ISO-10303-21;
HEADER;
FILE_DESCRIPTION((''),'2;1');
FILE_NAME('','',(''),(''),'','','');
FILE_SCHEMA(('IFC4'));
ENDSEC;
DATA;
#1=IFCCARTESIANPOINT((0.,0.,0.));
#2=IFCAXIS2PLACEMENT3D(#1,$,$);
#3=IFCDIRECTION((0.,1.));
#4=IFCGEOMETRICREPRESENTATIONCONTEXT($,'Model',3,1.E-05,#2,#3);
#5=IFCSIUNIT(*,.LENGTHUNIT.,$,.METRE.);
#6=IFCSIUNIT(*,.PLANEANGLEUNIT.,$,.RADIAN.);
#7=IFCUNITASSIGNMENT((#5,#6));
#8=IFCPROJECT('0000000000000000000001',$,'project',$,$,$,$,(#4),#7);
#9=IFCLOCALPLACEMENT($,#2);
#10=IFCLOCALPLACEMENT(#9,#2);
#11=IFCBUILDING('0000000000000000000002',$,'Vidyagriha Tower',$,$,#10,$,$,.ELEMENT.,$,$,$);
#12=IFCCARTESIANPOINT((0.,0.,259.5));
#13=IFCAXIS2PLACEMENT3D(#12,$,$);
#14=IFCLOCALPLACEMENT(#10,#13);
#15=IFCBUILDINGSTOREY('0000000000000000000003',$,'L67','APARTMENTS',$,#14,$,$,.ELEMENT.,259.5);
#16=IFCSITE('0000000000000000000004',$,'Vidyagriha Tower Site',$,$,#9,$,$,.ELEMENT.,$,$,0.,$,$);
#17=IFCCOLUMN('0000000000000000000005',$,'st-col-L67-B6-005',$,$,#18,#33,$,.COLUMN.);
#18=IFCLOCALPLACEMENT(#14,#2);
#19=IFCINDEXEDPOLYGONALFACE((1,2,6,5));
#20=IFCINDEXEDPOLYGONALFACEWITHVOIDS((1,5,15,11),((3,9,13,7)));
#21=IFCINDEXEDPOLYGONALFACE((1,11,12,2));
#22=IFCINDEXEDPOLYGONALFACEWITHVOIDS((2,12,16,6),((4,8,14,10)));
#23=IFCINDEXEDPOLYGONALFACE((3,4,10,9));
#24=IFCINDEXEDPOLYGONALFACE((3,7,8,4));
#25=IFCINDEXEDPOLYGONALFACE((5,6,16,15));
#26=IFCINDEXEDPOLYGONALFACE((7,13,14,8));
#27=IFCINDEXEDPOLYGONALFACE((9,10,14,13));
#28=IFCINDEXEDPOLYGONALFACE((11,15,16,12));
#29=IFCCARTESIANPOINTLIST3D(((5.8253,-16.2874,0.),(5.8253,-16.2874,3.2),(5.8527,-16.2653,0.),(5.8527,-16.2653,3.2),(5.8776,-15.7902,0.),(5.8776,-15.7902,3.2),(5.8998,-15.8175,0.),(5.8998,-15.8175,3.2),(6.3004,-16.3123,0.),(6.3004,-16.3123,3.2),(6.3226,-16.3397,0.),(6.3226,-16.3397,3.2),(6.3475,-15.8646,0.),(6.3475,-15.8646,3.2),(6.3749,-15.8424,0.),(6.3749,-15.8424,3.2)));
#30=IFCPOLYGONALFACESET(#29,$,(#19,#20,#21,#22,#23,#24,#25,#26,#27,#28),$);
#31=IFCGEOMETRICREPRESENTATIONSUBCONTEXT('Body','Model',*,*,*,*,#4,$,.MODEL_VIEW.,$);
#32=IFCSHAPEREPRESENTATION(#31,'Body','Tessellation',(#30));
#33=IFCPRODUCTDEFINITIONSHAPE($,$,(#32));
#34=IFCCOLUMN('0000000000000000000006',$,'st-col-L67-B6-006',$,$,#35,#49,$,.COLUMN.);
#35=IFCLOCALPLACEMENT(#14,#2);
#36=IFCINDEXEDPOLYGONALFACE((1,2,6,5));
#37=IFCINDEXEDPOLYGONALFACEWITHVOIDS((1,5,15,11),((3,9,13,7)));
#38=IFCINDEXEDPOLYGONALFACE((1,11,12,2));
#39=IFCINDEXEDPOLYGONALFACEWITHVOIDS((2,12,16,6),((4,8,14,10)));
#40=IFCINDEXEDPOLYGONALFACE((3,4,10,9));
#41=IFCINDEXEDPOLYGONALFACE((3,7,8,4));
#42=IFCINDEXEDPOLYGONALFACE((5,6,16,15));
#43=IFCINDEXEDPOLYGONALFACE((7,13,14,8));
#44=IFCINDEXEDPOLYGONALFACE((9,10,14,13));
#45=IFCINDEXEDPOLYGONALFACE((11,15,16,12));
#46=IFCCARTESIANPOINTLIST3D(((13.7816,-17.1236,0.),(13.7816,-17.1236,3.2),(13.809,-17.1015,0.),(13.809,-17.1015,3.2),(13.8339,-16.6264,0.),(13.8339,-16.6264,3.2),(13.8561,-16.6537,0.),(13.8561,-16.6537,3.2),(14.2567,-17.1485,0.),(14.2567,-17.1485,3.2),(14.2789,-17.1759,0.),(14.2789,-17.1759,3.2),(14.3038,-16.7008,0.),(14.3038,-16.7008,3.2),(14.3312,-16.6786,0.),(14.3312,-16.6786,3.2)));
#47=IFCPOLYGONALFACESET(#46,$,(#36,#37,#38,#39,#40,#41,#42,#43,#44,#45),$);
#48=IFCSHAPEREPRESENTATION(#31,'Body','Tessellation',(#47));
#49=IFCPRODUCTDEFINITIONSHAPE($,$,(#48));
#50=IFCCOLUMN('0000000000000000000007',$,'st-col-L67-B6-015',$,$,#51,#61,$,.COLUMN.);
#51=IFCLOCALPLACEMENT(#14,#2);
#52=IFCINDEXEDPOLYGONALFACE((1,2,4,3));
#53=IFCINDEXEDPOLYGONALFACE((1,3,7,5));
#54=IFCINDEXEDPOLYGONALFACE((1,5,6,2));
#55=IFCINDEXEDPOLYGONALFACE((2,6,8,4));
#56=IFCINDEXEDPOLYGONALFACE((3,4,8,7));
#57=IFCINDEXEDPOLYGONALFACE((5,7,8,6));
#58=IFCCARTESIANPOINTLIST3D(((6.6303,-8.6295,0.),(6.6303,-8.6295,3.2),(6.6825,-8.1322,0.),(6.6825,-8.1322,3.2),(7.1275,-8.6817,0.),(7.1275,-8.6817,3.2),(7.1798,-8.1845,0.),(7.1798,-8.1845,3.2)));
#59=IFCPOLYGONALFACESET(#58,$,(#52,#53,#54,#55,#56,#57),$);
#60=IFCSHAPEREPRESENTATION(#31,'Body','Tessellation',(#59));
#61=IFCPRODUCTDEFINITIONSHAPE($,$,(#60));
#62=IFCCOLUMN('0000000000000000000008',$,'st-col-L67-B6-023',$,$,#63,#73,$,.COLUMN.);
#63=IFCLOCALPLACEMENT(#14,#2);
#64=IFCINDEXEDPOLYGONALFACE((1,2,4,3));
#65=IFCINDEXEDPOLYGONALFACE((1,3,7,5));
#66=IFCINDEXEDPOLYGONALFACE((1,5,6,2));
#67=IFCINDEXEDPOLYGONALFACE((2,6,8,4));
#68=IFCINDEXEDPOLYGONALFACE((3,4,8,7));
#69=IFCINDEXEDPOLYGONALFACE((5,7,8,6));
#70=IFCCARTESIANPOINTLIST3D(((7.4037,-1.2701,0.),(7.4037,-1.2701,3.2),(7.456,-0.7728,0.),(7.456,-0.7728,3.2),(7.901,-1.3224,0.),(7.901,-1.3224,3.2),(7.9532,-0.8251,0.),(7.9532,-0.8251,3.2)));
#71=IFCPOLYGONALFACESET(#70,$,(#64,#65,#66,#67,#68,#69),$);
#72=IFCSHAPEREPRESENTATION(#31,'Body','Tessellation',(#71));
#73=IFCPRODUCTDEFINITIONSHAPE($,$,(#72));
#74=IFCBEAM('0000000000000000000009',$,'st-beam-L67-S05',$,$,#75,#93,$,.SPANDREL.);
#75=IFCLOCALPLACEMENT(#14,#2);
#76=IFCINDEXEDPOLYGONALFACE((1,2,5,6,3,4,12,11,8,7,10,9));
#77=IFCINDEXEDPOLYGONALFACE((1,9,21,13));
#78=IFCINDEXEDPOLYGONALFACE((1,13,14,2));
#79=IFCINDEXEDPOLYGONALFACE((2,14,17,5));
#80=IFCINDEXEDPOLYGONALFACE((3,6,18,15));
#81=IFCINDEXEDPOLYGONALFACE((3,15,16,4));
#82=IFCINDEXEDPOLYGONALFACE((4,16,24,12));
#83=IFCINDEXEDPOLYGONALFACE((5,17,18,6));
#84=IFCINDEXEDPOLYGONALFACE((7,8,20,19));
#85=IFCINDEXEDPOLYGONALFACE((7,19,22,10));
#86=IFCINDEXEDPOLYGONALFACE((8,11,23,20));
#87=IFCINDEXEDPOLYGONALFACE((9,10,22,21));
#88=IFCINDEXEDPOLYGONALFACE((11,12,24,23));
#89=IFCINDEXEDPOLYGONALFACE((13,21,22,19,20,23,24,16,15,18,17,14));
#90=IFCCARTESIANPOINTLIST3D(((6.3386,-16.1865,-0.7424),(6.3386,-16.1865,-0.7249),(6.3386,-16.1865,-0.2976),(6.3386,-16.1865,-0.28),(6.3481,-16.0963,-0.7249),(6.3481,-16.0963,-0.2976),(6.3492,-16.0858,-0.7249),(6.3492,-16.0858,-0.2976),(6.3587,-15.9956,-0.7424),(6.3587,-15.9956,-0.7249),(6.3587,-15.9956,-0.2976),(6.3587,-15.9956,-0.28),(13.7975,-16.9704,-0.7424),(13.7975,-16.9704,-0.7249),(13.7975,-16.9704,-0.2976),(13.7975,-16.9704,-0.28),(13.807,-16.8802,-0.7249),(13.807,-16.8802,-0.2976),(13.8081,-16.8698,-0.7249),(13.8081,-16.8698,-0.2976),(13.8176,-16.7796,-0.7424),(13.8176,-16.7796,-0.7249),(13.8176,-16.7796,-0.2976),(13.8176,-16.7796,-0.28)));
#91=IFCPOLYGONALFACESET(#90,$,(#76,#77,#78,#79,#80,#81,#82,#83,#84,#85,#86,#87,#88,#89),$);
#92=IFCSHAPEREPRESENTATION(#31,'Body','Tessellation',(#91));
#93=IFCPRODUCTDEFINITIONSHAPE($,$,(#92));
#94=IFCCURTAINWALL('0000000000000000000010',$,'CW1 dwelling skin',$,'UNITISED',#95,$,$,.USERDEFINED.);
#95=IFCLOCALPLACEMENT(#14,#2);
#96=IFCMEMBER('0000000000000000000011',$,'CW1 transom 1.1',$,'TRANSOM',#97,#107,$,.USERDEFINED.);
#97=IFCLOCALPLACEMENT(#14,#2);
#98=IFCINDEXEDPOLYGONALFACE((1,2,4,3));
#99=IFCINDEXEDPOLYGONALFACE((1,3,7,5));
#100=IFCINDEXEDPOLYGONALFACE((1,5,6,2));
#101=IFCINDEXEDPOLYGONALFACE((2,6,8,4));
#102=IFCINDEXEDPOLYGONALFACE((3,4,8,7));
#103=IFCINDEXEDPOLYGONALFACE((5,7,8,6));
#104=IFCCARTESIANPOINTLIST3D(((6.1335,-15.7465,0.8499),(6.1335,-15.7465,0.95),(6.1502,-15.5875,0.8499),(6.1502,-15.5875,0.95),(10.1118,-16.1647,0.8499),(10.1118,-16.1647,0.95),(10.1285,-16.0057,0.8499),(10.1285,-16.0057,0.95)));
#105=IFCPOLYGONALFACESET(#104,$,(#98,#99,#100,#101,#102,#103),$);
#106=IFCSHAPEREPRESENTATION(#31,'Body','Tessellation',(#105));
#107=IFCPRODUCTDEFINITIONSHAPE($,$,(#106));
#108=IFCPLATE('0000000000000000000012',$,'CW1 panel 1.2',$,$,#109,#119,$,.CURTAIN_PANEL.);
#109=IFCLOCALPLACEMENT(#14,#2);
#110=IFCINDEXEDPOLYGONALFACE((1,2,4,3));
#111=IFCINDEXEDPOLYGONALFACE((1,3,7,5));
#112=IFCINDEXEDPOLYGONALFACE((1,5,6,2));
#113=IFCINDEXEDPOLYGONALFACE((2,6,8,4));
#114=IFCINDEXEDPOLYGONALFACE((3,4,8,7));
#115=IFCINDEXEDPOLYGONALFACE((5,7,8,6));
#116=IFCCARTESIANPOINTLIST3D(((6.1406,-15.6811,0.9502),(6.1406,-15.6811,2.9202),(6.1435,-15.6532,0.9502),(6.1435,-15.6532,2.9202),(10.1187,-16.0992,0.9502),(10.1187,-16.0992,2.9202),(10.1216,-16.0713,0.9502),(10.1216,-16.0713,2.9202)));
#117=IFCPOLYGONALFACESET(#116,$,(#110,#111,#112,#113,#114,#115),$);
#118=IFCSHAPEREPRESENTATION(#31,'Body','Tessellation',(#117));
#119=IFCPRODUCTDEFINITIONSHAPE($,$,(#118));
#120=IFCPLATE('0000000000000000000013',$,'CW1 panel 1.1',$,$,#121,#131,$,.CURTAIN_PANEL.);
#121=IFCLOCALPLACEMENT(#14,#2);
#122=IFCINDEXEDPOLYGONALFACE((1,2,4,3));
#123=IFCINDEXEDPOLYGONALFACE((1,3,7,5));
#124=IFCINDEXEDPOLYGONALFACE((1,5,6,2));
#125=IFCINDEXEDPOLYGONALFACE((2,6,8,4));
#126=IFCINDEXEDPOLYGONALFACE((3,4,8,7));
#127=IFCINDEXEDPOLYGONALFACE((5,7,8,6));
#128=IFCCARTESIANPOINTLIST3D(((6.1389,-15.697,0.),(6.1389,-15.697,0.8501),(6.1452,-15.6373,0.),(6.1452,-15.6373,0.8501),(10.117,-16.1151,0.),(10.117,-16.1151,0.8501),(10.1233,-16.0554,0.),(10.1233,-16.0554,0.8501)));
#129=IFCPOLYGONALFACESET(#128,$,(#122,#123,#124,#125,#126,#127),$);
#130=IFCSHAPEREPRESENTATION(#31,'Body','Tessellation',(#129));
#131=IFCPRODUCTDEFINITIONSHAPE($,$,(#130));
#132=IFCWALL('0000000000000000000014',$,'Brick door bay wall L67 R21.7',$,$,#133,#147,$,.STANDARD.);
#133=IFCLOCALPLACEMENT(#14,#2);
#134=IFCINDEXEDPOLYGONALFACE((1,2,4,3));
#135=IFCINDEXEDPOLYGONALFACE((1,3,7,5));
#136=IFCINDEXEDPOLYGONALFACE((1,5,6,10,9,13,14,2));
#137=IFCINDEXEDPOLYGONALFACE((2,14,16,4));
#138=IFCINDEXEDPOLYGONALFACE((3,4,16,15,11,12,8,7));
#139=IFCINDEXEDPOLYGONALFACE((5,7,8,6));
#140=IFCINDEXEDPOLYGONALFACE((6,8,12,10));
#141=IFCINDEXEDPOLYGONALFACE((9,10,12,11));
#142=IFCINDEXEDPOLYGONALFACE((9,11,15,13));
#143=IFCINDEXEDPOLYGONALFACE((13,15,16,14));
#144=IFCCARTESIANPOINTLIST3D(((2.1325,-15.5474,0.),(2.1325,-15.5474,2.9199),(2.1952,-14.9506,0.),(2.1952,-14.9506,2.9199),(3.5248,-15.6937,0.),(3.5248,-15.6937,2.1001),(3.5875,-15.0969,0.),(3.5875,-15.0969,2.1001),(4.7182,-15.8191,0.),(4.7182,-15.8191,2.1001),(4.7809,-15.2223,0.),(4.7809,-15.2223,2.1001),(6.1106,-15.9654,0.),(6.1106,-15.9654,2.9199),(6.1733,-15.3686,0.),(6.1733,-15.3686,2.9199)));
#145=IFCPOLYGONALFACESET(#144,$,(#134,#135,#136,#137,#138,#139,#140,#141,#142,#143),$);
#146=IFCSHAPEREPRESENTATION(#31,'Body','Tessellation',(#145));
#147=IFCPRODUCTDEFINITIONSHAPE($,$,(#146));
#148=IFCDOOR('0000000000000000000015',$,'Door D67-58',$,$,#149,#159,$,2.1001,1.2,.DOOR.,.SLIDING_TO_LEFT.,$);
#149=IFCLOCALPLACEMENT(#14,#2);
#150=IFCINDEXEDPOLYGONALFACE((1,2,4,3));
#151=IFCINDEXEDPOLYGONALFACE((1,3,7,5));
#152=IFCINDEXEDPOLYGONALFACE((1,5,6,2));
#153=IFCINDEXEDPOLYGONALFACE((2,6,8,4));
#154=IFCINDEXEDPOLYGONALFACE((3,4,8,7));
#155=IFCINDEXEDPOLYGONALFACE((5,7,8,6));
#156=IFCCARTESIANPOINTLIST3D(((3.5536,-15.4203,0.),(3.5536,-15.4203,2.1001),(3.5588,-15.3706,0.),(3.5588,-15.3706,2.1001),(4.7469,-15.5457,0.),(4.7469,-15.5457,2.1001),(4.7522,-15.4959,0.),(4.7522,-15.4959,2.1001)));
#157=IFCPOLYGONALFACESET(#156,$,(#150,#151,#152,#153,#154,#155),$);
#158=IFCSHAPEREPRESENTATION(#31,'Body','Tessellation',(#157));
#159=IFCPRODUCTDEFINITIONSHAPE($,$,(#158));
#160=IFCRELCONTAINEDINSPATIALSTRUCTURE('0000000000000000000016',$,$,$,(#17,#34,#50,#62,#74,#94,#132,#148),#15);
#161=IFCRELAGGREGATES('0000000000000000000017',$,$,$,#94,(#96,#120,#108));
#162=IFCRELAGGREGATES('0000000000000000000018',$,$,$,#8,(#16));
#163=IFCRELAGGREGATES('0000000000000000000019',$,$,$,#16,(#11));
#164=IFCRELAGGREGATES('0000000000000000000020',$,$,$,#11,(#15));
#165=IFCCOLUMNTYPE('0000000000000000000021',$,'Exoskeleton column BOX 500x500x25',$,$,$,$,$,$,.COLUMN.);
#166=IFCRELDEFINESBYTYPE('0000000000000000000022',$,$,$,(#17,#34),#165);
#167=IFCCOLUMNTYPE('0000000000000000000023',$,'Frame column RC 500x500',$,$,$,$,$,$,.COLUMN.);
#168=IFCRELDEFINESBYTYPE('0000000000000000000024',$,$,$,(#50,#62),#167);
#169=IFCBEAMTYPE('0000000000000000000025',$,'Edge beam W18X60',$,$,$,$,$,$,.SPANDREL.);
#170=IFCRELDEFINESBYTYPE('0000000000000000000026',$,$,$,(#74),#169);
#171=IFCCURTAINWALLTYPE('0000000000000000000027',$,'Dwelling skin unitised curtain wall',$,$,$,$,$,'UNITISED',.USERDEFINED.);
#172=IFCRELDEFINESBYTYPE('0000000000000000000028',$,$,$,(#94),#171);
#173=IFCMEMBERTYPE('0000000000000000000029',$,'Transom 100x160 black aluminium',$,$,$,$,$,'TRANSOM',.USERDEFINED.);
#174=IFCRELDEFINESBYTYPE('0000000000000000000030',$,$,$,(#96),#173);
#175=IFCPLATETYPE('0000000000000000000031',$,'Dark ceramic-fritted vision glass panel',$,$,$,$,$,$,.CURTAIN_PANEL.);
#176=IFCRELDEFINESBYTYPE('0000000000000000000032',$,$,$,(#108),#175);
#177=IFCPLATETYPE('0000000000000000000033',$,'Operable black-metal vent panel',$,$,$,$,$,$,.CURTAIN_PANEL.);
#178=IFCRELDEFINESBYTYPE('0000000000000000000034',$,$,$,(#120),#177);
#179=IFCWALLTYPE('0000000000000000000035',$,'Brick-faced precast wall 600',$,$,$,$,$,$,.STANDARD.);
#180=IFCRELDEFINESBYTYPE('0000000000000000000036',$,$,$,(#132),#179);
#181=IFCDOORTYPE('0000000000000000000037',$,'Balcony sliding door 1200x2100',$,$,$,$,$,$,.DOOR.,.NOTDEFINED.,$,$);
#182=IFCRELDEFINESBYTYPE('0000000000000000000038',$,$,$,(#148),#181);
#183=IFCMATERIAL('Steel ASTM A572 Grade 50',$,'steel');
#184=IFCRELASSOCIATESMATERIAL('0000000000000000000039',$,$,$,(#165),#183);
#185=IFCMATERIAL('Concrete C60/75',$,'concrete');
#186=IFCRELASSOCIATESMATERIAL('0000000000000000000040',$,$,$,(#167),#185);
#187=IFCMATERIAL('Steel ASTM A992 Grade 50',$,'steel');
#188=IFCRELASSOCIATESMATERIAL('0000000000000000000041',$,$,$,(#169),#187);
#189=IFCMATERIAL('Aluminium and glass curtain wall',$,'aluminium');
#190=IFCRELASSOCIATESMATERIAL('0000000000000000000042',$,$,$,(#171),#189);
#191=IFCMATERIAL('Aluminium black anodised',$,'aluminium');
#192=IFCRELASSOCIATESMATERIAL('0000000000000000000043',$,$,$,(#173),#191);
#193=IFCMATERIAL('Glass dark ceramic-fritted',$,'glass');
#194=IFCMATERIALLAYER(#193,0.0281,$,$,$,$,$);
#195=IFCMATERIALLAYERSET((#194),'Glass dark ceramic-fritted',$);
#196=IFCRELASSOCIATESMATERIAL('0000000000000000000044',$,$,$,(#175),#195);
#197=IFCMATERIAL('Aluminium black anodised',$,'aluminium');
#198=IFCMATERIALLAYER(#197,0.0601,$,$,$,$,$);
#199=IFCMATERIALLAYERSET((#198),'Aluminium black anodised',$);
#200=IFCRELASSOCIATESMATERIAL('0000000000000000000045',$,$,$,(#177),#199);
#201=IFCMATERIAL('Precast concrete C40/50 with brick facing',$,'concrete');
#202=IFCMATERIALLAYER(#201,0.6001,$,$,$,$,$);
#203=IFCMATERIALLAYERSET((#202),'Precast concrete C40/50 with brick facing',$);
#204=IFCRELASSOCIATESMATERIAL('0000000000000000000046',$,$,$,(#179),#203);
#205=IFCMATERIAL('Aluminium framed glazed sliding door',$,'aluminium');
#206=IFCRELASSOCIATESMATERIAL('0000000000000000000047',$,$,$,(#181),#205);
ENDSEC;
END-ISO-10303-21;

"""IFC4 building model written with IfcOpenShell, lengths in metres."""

from ifc_helpers import new_model, si_unit, direction, frame, frame_2d, origin, origin_2d, place, context, subcontext, project, spatial, rectangle, hollow_rectangle, i_section, extrude, material, layer, layer_set, material_profile, profile_set, type_object, element, fill, aggregate, save


model = new_model("IFC4")

# Units and contexts
model_context = context("Model", 3, precision=1e-05, world=origin(), true_north=direction((0.0, 1.0)))
body_context = subcontext(model_context, "Body", "Model", "MODEL_VIEW")
ifc_project = project(units=[si_unit("LENGTHUNIT", "METRE"), si_unit("PLANEANGLEUNIT", "RADIAN")], contexts=[model_context])

# Site, building, storey
site_placement = place(None, origin())
site = spatial("IfcSite", under=ifc_project, at=site_placement, Name="Vidyagriha Tower Site", CompositionType="ELEMENT", RefElevation=0.0)
building_placement = place(site_placement, origin())
building = spatial("IfcBuilding", under=site, at=building_placement, Name="Vidyagriha Tower", CompositionType="ELEMENT")
storey_placement = place(building_placement, frame((0.0, 0.0, 259.5)))
storey = spatial("IfcBuildingStorey", under=building, at=storey_placement, Name="L67", Description="APARTMENTS", CompositionType="ELEMENT", Elevation=259.5)

# Columns
ifc_material_1 = material(Name="Steel ASTM A572 Grade 50", Category="steel")
ifc_material_profile_1 = material_profile(ifc_material_1, hollow_rectangle(XDim=0.5, YDim=0.5, WallThickness=0.0249, at=origin_2d()), Name="BOX 500x500x25")
ifc_profile_set_1 = profile_set([ifc_material_profile_1], Name="Steel ASTM A572 Grade 50")
column_type_1 = type_object("IfcColumnType", Name="Exoskeleton column BOX 500x500x25", PredefinedType="COLUMN", material=ifc_profile_set_1)
for number, where, z_axis, x_axis, name in (
    (1, (6.1001, -16.0649, 0.0), (0.0, 0.0, 1.0), (0.994522, -0.104528, 0.0), "st-col-L67-B6-005"),
    (2, (14.0564, -16.9011, 0.0), (0.0, 0.0, 1.0), (0.994522, -0.104528, 0.0), "st-col-L67-B6-006"),
):
    element("IfcColumn", number, at=place(storey_placement, frame(where, z_axis=z_axis, x_axis=x_axis)), inside=storey, type_object=column_type_1, Name=name, PredefinedType="COLUMN", context=body_context, shape_type="SweptSolid", body=[
        extrude(hollow_rectangle(XDim=0.5, YDim=0.5, WallThickness=0.0249, at=origin_2d()), origin(), (0.0, 0.0, 1.0), 3.2),
    ])
ifc_material_2 = material(Name="Concrete C60/75", Category="concrete")
ifc_material_profile_2 = material_profile(ifc_material_2, rectangle(XDim=0.5, YDim=0.5, at=origin_2d()), Name="RC 500x500")
ifc_profile_set_2 = profile_set([ifc_material_profile_2], Name="Concrete C60/75")
column_type_2 = type_object("IfcColumnType", Name="Frame column RC 500x500", PredefinedType="COLUMN", material=ifc_profile_set_2)
for number, where, z_axis, x_axis, name in (
    (3, (6.905, -8.407, 0.0), (0.0, 0.0, 1.0), (0.994522, -0.104528, 0.0), "st-col-L67-B6-015"),
    (4, (7.6785, -1.0476, 0.0), (0.0, 0.0, 1.0), (0.994522, -0.104528, 0.0), "st-col-L67-B6-023"),
):
    element("IfcColumn", number, at=place(storey_placement, frame(where, z_axis=z_axis, x_axis=x_axis)), inside=storey, type_object=column_type_2, Name=name, PredefinedType="COLUMN", context=body_context, shape_type="SweptSolid", body=[
        extrude(rectangle(XDim=0.5, YDim=0.5, at=origin_2d()), origin(), (0.0, 0.0, 1.0), 3.2),
    ])

# Beam
ifc_material_3 = material(Name="Steel ASTM A992 Grade 50", Category="steel")
ifc_material_profile_3 = material_profile(ifc_material_3, i_section(OverallWidth=0.1919, OverallDepth=0.4624, WebThickness=0.0105, FlangeThickness=0.0176, at=origin_2d()), Name="W18X60")
ifc_profile_set_3 = profile_set([ifc_material_profile_3], Name="Steel ASTM A992 Grade 50")
beam_type = type_object("IfcBeamType", Name="Edge beam W18X60", PredefinedType="SPANDREL", material=ifc_profile_set_3)
beam_placement = place(storey_placement, frame((6.3486, -16.0911, -0.5112), z_axis=(0.994522, -0.104524, 0.0), x_axis=(0.104524, 0.994522, 0.0)))
element("IfcBeam", 5, at=beam_placement, inside=storey, type_object=beam_type, Name="st-beam-L67-S05", PredefinedType="SPANDREL", context=body_context, shape_type="SweptSolid", body=[
    extrude(i_section(OverallWidth=0.1919, OverallDepth=0.4624, WebThickness=0.0105, FlangeThickness=0.0176, at=origin_2d()), origin(), (0.0, 0.0, 1.0), 7.5),
])

# Curtain wall, member, plates
ifc_material_4 = material(Name="Aluminium and glass curtain wall", Category="aluminium")
curtain_wall_type = type_object("IfcCurtainWallType", Name="Dwelling skin unitised curtain wall", ElementType="UNITISED", PredefinedType="USERDEFINED", material=ifc_material_4)
curtain_wall_placement = place(storey_placement, origin())
curtain_wall = element("IfcCurtainWall", 6, at=curtain_wall_placement, inside=storey, type_object=curtain_wall_type, Name="CW1 dwelling skin", ObjectType="UNITISED", PredefinedType="USERDEFINED")
ifc_material_5 = material(Name="Aluminium black anodised", Category="aluminium")
ifc_material_profile_4 = material_profile(ifc_material_5, rectangle(XDim=0.1599, YDim=0.1001, at=origin_2d()), Name="Transom 100x160 black aluminium")
ifc_profile_set_4 = profile_set([ifc_material_profile_4], Name="Aluminium black anodised")
member_type = type_object("IfcMemberType", Name="Transom 100x160 black aluminium", ElementType="TRANSOM", PredefinedType="USERDEFINED", material=ifc_profile_set_4)
member_placement = place(storey_placement, frame((6.1418, -15.667, 0.8999), z_axis=(0.99452, -0.104548, 0.0), x_axis=(0.104548, 0.99452, 0.0)))
member = element("IfcMember", 7, at=member_placement, type_object=member_type, Name="CW1 transom 1.1", ObjectType="TRANSOM", PredefinedType="USERDEFINED", context=body_context, shape_type="SweptSolid", body=[
    extrude(rectangle(XDim=0.1599, YDim=0.1001, at=origin_2d()), origin(), (0.0, 0.0, 1.0), 4.0002),
])
ifc_material_6 = material(Name="Glass dark ceramic-fritted", Category="glass")
ifc_layer_1 = layer(ifc_material_6, 0.0281)
ifc_layer_set_1 = layer_set([ifc_layer_1], Name="Glass dark ceramic-fritted")
plate_type_1 = type_object("IfcPlateType", Name="Dark ceramic-fritted vision glass panel", PredefinedType="CURTAIN_PANEL", material=ifc_layer_set_1)
plate_1_placement = place(storey_placement, frame((8.1311, -15.8762, 0.9502), z_axis=(0.0, 0.0, 1.0), x_axis=(0.994522, -0.104525, 0.0)))
plate_1 = element("IfcPlate", 8, at=plate_1_placement, type_object=plate_type_1, Name="CW1 panel 1.2", PredefinedType="CURTAIN_PANEL", context=body_context, shape_type="SweptSolid", body=[
    extrude(rectangle(XDim=4.0, YDim=0.0281, at=origin_2d()), origin(), (0.0, 0.0, 1.0), 1.97),
])
ifc_material_7 = material(Name="Aluminium black anodised", Category="aluminium")
ifc_layer_2 = layer(ifc_material_7, 0.0601)
ifc_layer_set_2 = layer_set([ifc_layer_2], Name="Aluminium black anodised")
plate_type_2 = type_object("IfcPlateType", Name="Operable black-metal vent panel", PredefinedType="CURTAIN_PANEL", material=ifc_layer_set_2)
plate_2_placement = place(storey_placement, frame((8.1311, -15.8762, 0.0), z_axis=(0.0, 0.0, 1.0), x_axis=(0.994522, -0.104525, 0.0)))
plate_2 = element("IfcPlate", 9, at=plate_2_placement, type_object=plate_type_2, Name="CW1 panel 1.1", PredefinedType="CURTAIN_PANEL", context=body_context, shape_type="SweptSolid", body=[
    extrude(rectangle(XDim=4.0, YDim=0.0601, at=origin_2d()), origin(), (0.0, 0.0, 1.0), 0.8501),
])
aggregate(curtain_wall, [member, plate_2, plate_1])

# Wall, opening, door
ifc_material_8 = material(Name="Precast concrete C40/50 with brick facing", Category="concrete")
ifc_layer_3 = layer(ifc_material_8, 0.6001)
ifc_layer_set_3 = layer_set([ifc_layer_3], Name="Precast concrete C40/50 with brick facing")
wall_type_1 = type_object("IfcWallType", Name="Brick-faced precast wall 600", PredefinedType="STANDARD", material=ifc_layer_set_3)
wall_1_placement = place(storey_placement, frame((2.1638, -15.249, 0.0), z_axis=(0.0, 0.0, 1.0), x_axis=(0.994526, -0.104494, 0.0)))
wall_1 = element("IfcWall", 10, at=wall_1_placement, inside=storey, type_object=wall_type_1, Name="Brick door bay wall L67 R21.7", PredefinedType="STANDARD", context=body_context, shape_type="SweptSolid", body=[
    extrude(rectangle(XDim=4.0, YDim=0.6001, at=frame_2d((2.0, 0.0))), origin(), (0.0, 0.0, 1.0), 2.9199),
])
opening_1_placement = place(wall_1_placement, frame((1.3999, 0.0, 0.0)))
opening_1 = element("IfcOpeningElement", 11, at=opening_1_placement, cuts=wall_1, PredefinedType="OPENING", context=body_context, shape_type="SweptSolid", body=[
    extrude(rectangle(XDim=1.2, YDim=2.1001, at=frame_2d((0.6001, 1.05))), frame((0.0, 0.3101, 0.0), z_axis=(0.0, -1.0, 0.0), x_axis=(1.0, 0.0, 0.0)), (0.0, 0.0, 1.0), 0.6201),
])
ifc_material_9 = material(Name="Aluminium framed glazed sliding door", Category="aluminium")
door_type_1 = type_object("IfcDoorType", Name="Balcony sliding door 1200x2100", OperationType="NOTDEFINED", PredefinedType="DOOR", material=ifc_material_9)
door_1_placement = place(opening_1_placement, origin())
door_1 = element("IfcDoor", 12, at=door_1_placement, inside=storey, type_object=door_type_1, Name="Door D67-58", OperationType="SLIDING_TO_LEFT", OverallHeight=2.1001, OverallWidth=1.2, PredefinedType="DOOR", context=body_context, shape_type="SweptSolid", body=[
    extrude(rectangle(XDim=1.2, YDim=2.1001, at=frame_2d((0.6001, 1.05))), frame((0.0, 0.0249, 0.0), z_axis=(0.0, -1.0, 0.0), x_axis=(1.0, 0.0, 0.0)), (0.0, 0.0, 1.0), 0.05),
])
fill(opening_1, door_1)

save(model, "model.ifc")
